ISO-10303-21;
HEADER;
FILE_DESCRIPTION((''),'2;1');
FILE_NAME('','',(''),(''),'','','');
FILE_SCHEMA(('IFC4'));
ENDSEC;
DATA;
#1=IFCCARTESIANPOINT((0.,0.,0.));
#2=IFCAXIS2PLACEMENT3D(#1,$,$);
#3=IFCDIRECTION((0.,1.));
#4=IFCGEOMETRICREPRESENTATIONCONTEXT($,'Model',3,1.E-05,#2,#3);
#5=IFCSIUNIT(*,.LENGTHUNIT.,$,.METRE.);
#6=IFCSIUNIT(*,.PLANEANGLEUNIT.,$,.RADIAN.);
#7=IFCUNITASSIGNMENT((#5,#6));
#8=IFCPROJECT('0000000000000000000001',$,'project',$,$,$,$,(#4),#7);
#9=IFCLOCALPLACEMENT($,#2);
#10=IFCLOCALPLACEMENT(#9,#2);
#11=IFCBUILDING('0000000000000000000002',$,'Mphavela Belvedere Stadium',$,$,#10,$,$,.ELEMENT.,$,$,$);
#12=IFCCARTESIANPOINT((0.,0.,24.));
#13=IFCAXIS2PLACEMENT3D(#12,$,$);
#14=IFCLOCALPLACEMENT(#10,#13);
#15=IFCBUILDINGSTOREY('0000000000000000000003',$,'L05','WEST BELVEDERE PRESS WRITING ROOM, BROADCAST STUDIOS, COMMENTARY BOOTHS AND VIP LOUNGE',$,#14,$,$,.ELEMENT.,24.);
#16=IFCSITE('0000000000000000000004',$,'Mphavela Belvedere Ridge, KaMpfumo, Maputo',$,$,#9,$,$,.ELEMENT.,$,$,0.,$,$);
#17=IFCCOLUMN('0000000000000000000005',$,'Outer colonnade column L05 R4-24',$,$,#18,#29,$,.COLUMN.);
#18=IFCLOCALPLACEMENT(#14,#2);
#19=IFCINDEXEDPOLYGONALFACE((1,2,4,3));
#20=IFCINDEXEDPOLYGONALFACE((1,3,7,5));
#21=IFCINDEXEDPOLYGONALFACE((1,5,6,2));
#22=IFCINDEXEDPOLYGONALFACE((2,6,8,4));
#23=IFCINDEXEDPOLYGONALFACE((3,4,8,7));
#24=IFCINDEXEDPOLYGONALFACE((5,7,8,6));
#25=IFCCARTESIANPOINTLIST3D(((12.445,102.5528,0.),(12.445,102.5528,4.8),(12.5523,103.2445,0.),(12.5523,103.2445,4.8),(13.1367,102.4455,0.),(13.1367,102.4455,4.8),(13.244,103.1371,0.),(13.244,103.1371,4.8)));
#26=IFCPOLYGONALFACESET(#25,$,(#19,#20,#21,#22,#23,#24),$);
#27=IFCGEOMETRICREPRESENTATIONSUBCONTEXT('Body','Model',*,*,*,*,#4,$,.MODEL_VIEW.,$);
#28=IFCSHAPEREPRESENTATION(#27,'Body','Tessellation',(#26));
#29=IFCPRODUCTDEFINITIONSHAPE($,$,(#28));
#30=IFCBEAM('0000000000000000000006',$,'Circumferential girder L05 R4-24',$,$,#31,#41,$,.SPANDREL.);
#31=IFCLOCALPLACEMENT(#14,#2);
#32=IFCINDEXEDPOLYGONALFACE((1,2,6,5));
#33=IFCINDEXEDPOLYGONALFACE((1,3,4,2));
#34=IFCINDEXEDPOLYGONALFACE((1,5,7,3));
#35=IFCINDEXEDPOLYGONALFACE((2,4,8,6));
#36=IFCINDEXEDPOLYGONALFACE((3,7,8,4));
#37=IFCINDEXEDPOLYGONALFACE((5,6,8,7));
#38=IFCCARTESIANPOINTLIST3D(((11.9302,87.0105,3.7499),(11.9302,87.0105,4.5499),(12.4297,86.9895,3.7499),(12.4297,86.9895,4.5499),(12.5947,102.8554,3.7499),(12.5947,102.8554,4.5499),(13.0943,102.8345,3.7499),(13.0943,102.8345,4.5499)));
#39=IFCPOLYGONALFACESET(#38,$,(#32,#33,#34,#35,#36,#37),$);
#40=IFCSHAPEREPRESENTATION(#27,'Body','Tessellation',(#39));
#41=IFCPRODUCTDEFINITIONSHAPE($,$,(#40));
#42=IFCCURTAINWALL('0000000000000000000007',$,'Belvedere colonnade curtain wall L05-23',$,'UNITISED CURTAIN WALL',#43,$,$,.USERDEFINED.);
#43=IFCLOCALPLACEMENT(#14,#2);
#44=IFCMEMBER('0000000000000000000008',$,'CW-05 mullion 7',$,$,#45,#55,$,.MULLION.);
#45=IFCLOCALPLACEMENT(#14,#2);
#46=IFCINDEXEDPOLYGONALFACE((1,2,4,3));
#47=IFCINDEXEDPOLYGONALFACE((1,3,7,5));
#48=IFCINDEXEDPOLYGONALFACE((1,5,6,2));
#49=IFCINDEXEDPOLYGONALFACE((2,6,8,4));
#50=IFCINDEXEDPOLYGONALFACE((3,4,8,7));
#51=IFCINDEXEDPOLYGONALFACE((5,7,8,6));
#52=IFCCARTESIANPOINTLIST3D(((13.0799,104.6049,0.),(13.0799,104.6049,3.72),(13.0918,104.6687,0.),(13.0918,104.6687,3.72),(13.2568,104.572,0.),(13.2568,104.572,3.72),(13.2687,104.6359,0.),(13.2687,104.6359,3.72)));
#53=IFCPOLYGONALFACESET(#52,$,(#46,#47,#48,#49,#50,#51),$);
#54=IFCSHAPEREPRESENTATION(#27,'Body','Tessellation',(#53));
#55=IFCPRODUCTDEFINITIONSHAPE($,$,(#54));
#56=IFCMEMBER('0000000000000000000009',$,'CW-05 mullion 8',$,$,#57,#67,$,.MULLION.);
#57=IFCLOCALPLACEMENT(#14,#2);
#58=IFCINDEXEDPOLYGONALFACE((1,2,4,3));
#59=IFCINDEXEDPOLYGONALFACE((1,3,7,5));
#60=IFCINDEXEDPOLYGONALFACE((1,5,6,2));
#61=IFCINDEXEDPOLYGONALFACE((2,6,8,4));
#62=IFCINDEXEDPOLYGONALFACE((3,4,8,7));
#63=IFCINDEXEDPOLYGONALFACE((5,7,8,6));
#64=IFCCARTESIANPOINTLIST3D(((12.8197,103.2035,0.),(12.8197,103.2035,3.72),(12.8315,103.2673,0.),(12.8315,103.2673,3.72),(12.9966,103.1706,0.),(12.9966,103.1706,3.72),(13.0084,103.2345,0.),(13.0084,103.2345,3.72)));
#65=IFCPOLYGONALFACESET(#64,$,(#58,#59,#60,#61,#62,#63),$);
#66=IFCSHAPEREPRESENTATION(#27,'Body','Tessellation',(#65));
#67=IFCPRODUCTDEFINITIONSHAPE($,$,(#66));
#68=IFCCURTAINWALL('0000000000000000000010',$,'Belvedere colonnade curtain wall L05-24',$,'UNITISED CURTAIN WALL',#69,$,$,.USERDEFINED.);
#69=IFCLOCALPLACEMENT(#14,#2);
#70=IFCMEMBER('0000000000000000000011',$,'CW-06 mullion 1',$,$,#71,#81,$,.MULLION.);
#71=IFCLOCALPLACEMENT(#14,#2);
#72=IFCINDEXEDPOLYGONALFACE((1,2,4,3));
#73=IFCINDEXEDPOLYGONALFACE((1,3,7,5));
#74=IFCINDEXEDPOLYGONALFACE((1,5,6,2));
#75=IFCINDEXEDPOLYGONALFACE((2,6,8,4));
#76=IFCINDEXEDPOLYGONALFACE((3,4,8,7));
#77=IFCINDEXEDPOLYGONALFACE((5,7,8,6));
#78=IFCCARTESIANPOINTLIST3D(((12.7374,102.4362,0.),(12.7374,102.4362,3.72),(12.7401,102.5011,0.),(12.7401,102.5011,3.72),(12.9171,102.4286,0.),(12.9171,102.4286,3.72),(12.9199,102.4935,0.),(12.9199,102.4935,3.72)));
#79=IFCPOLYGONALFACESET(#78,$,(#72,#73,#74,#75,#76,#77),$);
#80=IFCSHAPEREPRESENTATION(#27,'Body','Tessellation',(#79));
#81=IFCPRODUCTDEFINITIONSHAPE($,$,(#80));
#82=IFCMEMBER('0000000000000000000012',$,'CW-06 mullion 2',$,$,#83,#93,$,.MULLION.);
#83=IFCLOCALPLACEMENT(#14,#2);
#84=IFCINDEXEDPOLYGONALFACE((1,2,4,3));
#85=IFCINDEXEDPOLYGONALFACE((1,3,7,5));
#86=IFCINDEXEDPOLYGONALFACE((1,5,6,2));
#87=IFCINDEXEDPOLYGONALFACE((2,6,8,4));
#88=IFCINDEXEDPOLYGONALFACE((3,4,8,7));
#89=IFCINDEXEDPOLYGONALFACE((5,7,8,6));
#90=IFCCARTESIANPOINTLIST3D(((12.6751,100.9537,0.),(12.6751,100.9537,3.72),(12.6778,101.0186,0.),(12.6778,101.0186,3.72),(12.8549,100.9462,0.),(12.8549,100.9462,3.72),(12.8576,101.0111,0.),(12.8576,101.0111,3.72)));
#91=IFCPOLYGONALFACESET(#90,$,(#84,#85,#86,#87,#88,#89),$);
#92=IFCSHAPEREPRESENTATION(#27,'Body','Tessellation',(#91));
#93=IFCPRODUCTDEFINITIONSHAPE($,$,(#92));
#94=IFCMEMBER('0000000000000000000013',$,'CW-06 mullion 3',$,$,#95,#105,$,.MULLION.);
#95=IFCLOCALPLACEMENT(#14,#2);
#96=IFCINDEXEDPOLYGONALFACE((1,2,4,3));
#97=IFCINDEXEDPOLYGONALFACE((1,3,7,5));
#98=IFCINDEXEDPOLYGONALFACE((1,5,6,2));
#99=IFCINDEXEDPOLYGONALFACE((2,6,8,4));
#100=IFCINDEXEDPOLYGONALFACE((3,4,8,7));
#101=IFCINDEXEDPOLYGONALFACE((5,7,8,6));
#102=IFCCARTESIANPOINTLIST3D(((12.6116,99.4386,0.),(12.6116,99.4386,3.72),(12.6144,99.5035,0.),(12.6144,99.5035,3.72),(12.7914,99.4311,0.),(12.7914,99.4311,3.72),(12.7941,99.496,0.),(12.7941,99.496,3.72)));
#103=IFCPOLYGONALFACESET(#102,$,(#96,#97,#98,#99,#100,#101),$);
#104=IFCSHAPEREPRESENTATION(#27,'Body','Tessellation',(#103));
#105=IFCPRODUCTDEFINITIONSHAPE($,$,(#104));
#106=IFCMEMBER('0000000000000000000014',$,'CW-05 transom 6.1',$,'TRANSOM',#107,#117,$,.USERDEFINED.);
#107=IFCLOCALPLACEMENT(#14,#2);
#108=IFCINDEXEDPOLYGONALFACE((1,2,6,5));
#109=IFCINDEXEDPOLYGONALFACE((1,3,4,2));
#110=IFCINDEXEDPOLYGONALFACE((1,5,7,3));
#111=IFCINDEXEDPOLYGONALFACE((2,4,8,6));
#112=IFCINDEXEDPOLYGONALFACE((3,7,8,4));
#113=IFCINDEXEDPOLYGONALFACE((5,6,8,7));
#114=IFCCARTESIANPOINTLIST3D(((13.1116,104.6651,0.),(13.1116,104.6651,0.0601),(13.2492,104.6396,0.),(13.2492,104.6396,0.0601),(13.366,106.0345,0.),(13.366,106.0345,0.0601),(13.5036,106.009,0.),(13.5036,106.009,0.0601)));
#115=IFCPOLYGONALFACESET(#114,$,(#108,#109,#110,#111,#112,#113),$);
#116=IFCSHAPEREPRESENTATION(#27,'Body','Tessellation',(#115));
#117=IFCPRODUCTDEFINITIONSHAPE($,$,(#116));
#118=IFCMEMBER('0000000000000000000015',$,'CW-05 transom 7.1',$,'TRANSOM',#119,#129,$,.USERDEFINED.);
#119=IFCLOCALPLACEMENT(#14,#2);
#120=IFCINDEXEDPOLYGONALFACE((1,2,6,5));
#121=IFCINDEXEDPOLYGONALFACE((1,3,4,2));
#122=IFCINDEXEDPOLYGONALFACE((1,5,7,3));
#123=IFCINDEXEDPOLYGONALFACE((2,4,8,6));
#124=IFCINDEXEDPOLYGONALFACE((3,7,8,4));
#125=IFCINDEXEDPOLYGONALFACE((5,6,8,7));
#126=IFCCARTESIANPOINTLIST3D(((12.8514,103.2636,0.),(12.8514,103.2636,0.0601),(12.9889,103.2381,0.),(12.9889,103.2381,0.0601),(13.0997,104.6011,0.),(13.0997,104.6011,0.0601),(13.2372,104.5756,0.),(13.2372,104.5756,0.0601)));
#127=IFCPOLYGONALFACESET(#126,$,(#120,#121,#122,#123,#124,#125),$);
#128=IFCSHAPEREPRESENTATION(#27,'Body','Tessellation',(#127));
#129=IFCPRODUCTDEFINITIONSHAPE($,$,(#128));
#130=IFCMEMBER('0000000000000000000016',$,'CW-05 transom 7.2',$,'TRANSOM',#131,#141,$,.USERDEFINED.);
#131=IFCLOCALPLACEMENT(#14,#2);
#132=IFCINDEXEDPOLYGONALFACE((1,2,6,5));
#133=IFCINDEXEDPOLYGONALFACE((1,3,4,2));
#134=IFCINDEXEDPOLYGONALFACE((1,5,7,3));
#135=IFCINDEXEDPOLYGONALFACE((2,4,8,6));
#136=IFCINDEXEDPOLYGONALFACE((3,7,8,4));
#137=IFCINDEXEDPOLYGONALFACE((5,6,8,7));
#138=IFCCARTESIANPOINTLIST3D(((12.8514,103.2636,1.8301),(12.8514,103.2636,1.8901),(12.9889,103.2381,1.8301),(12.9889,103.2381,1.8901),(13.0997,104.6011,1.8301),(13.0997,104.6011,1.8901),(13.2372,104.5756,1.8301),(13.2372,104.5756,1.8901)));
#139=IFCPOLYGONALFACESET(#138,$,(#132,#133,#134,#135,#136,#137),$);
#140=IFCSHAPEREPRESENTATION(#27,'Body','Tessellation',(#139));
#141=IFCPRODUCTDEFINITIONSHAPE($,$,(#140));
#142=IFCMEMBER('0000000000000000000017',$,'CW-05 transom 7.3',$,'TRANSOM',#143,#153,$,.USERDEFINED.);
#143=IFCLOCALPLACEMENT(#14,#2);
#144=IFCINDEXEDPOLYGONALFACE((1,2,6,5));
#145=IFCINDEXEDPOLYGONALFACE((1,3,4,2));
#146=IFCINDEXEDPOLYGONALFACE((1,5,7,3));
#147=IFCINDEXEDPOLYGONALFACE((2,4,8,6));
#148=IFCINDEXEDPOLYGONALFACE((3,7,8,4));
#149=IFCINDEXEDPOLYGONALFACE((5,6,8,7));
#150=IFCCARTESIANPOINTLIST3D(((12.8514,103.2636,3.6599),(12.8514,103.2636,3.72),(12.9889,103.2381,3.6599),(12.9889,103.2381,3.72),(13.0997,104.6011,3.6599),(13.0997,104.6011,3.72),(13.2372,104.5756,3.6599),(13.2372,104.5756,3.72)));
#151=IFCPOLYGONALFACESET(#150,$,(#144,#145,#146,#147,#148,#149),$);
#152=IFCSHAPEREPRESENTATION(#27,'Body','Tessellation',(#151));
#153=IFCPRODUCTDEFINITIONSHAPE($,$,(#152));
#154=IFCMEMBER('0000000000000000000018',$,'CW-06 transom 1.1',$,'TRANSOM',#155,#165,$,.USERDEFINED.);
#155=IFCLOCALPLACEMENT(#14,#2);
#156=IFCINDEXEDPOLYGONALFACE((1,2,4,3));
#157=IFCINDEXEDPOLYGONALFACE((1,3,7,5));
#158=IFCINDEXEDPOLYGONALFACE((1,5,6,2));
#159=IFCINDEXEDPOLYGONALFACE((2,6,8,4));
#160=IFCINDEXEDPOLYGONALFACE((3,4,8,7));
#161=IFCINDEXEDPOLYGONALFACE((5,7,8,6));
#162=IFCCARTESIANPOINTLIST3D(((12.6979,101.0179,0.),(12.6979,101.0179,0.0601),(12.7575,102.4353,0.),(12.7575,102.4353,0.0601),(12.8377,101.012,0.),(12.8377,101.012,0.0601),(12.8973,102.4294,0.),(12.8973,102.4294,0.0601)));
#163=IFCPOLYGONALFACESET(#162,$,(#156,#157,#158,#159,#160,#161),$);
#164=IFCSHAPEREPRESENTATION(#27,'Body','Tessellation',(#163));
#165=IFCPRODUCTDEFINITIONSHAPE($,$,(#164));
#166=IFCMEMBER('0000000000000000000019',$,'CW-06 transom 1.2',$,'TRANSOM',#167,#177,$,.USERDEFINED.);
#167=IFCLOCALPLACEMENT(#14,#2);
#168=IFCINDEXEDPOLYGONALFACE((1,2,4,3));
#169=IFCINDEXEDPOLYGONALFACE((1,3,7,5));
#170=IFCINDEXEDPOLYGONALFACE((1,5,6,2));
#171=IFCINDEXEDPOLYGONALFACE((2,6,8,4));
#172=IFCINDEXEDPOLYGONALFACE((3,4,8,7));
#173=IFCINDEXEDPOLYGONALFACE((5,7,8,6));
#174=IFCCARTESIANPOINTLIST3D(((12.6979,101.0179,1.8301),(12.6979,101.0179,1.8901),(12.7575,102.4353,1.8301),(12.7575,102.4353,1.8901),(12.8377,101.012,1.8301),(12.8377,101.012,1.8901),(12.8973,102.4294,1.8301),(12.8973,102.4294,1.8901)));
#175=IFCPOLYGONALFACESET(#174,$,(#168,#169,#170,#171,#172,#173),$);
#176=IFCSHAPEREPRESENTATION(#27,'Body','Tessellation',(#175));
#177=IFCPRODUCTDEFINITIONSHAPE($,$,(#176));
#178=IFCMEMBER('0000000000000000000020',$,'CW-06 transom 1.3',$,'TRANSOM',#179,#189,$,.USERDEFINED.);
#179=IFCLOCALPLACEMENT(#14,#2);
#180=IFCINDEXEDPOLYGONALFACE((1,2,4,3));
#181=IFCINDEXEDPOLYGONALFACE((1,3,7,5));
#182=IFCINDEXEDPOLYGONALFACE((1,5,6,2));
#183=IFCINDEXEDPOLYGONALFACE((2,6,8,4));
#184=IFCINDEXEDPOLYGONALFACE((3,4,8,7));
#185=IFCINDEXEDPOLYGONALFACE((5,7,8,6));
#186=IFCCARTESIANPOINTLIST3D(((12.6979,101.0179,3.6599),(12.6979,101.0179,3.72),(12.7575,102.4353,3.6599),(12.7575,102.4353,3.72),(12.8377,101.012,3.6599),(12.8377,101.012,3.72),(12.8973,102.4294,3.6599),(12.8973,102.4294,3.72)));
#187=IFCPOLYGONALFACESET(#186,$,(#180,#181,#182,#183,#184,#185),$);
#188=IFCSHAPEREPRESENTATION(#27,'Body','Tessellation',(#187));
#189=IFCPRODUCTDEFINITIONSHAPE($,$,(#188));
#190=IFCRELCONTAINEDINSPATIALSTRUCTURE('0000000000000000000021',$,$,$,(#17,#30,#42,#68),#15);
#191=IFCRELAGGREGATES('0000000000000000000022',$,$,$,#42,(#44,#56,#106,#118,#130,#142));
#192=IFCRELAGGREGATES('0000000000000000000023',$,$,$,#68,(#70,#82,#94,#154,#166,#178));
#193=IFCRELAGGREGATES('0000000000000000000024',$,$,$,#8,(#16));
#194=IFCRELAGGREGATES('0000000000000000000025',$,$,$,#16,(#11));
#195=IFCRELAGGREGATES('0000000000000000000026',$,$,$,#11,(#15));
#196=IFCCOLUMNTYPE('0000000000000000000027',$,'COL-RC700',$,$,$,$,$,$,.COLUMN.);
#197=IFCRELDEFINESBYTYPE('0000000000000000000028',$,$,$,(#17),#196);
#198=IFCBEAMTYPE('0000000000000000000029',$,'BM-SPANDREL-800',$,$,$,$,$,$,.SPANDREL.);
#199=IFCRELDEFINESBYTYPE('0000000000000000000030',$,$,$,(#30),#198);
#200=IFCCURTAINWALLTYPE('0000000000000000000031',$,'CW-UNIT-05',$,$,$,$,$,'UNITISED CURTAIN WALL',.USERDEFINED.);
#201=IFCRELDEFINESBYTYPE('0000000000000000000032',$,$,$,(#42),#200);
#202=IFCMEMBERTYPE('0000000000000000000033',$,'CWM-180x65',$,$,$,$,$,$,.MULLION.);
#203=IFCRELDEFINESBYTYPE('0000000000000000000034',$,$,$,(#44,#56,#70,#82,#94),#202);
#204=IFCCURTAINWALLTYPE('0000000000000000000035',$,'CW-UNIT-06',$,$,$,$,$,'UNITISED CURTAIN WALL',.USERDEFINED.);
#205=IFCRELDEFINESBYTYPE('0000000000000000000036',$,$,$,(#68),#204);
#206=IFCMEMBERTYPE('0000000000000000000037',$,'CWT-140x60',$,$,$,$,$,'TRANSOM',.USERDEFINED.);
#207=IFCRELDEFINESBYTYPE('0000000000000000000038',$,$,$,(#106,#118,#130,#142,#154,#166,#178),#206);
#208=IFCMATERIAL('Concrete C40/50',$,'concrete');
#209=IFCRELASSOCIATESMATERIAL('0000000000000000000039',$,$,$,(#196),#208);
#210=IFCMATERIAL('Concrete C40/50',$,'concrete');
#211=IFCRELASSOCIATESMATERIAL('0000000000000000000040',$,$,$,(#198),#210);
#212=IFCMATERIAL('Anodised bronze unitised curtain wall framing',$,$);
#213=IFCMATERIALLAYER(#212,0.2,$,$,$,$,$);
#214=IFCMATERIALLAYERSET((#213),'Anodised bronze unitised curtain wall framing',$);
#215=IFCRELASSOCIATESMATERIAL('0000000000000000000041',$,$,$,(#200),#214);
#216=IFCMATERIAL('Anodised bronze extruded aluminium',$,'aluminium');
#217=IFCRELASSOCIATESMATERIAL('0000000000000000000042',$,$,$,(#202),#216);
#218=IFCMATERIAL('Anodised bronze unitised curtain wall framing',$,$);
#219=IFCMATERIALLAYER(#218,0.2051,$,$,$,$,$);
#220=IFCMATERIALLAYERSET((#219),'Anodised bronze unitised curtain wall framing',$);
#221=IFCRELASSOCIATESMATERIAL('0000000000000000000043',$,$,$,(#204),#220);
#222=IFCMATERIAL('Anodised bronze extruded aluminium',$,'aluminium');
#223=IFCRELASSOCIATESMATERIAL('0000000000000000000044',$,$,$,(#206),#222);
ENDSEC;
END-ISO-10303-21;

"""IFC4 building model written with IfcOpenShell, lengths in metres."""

from ifc_helpers import new_model, si_unit, direction, frame, origin, origin_2d, place, context, subcontext, project, spatial, rectangle, extrude, material, layer, layer_set, material_profile, profile_set, type_object, element, aggregate, save


model = new_model("IFC4")

# Units and contexts
model_context = context("Model", 3, precision=1e-05, world=origin(), true_north=direction((0.0, 1.0)))
body_context = subcontext(model_context, "Body", "Model", "MODEL_VIEW")
ifc_project = project(units=[si_unit("LENGTHUNIT", "METRE"), si_unit("PLANEANGLEUNIT", "RADIAN")], contexts=[model_context])

# Site, building, storey
site_placement = place(None, origin())
site = spatial("IfcSite", under=ifc_project, at=site_placement, Name="Mphavela Belvedere Ridge, KaMpfumo, Maputo", CompositionType="ELEMENT", RefElevation=0.0)
building_placement = place(site_placement, origin())
building = spatial("IfcBuilding", under=site, at=building_placement, Name="Mphavela Belvedere Stadium", CompositionType="ELEMENT")
storey_placement = place(building_placement, frame((0.0, 0.0, 24.0)))
storey = spatial("IfcBuildingStorey", under=building, at=storey_placement, Name="L05", Description="WEST BELVEDERE PRESS WRITING ROOM, BROADCAST STUDIOS, COMMENTARY BOOTHS AND VIP LOUNGE", CompositionType="ELEMENT", Elevation=24.0)

# Column
ifc_material_1 = material(Name="Concrete C40/50", Category="concrete")
ifc_material_profile_1 = material_profile(ifc_material_1, rectangle(XDim=0.7, YDim=0.7, at=origin_2d()), Name="RC 700x700")
ifc_profile_set_1 = profile_set([ifc_material_profile_1], Name="Concrete C40/50")
column_type = type_object("IfcColumnType", Name="COL-RC700", PredefinedType="COLUMN", material=ifc_profile_set_1)
column_placement = place(storey_placement, frame((12.8445, 102.845, 0.0), z_axis=(0.0, 0.0, 1.0), x_axis=(-0.988175, 0.153331, 0.0)))
element("IfcColumn", 1, at=column_placement, inside=storey, type_object=column_type, Name="Outer colonnade column L05 R4-24", PredefinedType="COLUMN", context=body_context, shape_type="SweptSolid", body=[
    extrude(rectangle(XDim=0.7, YDim=0.7, at=origin_2d()), origin(), (0.0, 0.0, 1.0), 4.8),
])

# Beam
ifc_material_2 = material(Name="Concrete C40/50", Category="concrete")
ifc_material_profile_2 = material_profile(ifc_material_2, rectangle(XDim=0.5, YDim=0.8, at=origin_2d()), Name="RC 500x800")
ifc_profile_set_2 = profile_set([ifc_material_profile_2], Name="Concrete C40/50")
beam_type = type_object("IfcBeamType", Name="BM-SPANDREL-800", PredefinedType="SPANDREL", material=ifc_profile_set_2)
beam_placement = place(storey_placement, frame((12.8445, 102.845, 4.1499), z_axis=(-0.041904, -0.999122, 0.0), x_axis=(0.999122, -0.041904, 0.0)))
element("IfcBeam", 2, at=beam_placement, inside=storey, type_object=beam_type, Name="Circumferential girder L05 R4-24", PredefinedType="SPANDREL", context=body_context, shape_type="SweptSolid", body=[
    extrude(rectangle(XDim=0.5, YDim=0.8, at=origin_2d()), origin(), (0.0, 0.0, 1.0), 15.8589),
])

# Curtain walls, members
ifc_material_3 = material(Name="Anodised bronze unitised curtain wall framing")
ifc_layer_1 = layer(ifc_material_3, 0.2)
ifc_layer_set_1 = layer_set([ifc_layer_1], Name="Anodised bronze unitised curtain wall framing")
curtain_wall_type_1 = type_object("IfcCurtainWallType", Name="CW-UNIT-05", ElementType="UNITISED CURTAIN WALL", PredefinedType="USERDEFINED", material=ifc_layer_set_1)
curtain_wall_1_placement = place(storey_placement, origin())
curtain_wall_1 = element("IfcCurtainWall", 3, at=curtain_wall_1_placement, inside=storey, type_object=curtain_wall_type_1, Name="Belvedere colonnade curtain wall L05-23", ObjectType="UNITISED CURTAIN WALL", PredefinedType="USERDEFINED")
ifc_material_4 = material(Name="Anodised bronze extruded aluminium", Category="aluminium")
ifc_material_profile_3 = material_profile(ifc_material_4, rectangle(XDim=0.1799, YDim=0.0649, at=origin_2d()), Name="CW-MUL 180x65")
ifc_profile_set_3 = profile_set([ifc_material_profile_3], Name="Anodised bronze extruded aluminium")
member_type_1 = type_object("IfcMemberType", Name="CWM-180x65", PredefinedType="MULLION", material=ifc_profile_set_3)
member_1_placement = place(storey_placement, frame((13.1743, 104.6204, 0.0), z_axis=(0.0, 0.0, 1.0), x_axis=(0.983184, -0.182618, 0.0)))
member_1 = element("IfcMember", 4, at=member_1_placement, type_object=member_type_1, Name="CW-05 mullion 7", PredefinedType="MULLION", context=body_context, shape_type="SweptSolid", body=[
    extrude(rectangle(XDim=0.1799, YDim=0.0649, at=origin_2d()), origin(), (0.0, 0.0, 1.0), 3.72),
])
member_2_placement = place(storey_placement, frame((12.9141, 103.219, 0.0), z_axis=(0.0, 0.0, 1.0), x_axis=(0.983184, -0.182618, 0.0)))
member_2 = element("IfcMember", 5, at=member_2_placement, type_object=member_type_1, Name="CW-05 mullion 8", PredefinedType="MULLION", context=body_context, shape_type="SweptSolid", body=[
    extrude(rectangle(XDim=0.1799, YDim=0.0649, at=origin_2d()), origin(), (0.0, 0.0, 1.0), 3.72),
])
ifc_material_5 = material(Name="Anodised bronze unitised curtain wall framing")
ifc_layer_2 = layer(ifc_material_5, 0.2051)
ifc_layer_set_2 = layer_set([ifc_layer_2], Name="Anodised bronze unitised curtain wall framing")
curtain_wall_type_2 = type_object("IfcCurtainWallType", Name="CW-UNIT-06", ElementType="UNITISED CURTAIN WALL", PredefinedType="USERDEFINED", material=ifc_layer_set_2)
curtain_wall_2_placement = place(storey_placement, origin())
curtain_wall_2 = element("IfcCurtainWall", 6, at=curtain_wall_2_placement, inside=storey, type_object=curtain_wall_type_2, Name="Belvedere colonnade curtain wall L05-24", ObjectType="UNITISED CURTAIN WALL", PredefinedType="USERDEFINED")
member_3_placement = place(storey_placement, frame((12.8286, 102.4648, 0.0), z_axis=(0.0, 0.0, 1.0), x_axis=(0.999122, -0.041905, 0.0)))
member_3 = element("IfcMember", 7, at=member_3_placement, type_object=member_type_1, Name="CW-06 mullion 1", PredefinedType="MULLION", context=body_context, shape_type="SweptSolid", body=[
    extrude(rectangle(XDim=0.1799, YDim=0.0649, at=origin_2d()), origin(), (0.0, 0.0, 1.0), 3.72),
])
member_4_placement = place(storey_placement, frame((12.7664, 100.9824, 0.0), z_axis=(0.0, 0.0, 1.0), x_axis=(0.999122, -0.041905, 0.0)))
member_4 = element("IfcMember", 8, at=member_4_placement, type_object=member_type_1, Name="CW-06 mullion 2", PredefinedType="MULLION", context=body_context, shape_type="SweptSolid", body=[
    extrude(rectangle(XDim=0.1799, YDim=0.0649, at=origin_2d()), origin(), (0.0, 0.0, 1.0), 3.72),
])
member_5_placement = place(storey_placement, frame((12.7029, 99.4673, 0.0), z_axis=(0.0, 0.0, 1.0), x_axis=(0.999122, -0.041905, 0.0)))
member_5 = element("IfcMember", 9, at=member_5_placement, type_object=member_type_1, Name="CW-06 mullion 3", PredefinedType="MULLION", context=body_context, shape_type="SweptSolid", body=[
    extrude(rectangle(XDim=0.1799, YDim=0.0649, at=origin_2d()), origin(), (0.0, 0.0, 1.0), 3.72),
])

# Members
ifc_material_6 = material(Name="Anodised bronze extruded aluminium", Category="aluminium")
ifc_material_profile_4 = material_profile(ifc_material_6, rectangle(XDim=0.1399, YDim=0.0601, at=origin_2d()), Name="CW-TRN 140x60")
ifc_profile_set_4 = profile_set([ifc_material_profile_4], Name="Anodised bronze extruded aluminium")
member_type_2 = type_object("IfcMemberType", Name="CWT-140x60", ElementType="TRANSOM", PredefinedType="USERDEFINED", material=ifc_profile_set_4)
member_6_placement = place(storey_placement, frame((13.4348, 106.0217, 0.03), z_axis=(-0.182648, -0.983178, 0.0), x_axis=(0.983178, -0.182648, 0.0)))
member_6 = element("IfcMember", 10, at=member_6_placement, type_object=member_type_2, Name="CW-05 transom 6.1", ObjectType="TRANSOM", PredefinedType="USERDEFINED", context=body_context, shape_type="SweptSolid", body=[
    extrude(rectangle(XDim=0.1399, YDim=0.0601, at=origin_2d()), origin(), (0.0, 0.0, 1.0), 1.3928),
])
member_7_placement = place(storey_placement, frame((13.1685, 104.5884, 0.03), z_axis=(-0.182533, -0.9832, 0.0), x_axis=(0.9832, -0.182533, 0.0)))
member_7 = element("IfcMember", 11, at=member_7_placement, type_object=member_type_2, Name="CW-05 transom 7.1", ObjectType="TRANSOM", PredefinedType="USERDEFINED", context=body_context, shape_type="SweptSolid", body=[
    extrude(rectangle(XDim=0.1399, YDim=0.0601, at=origin_2d()), origin(), (0.0, 0.0, 1.0), 1.3604),
])
member_8_placement = place(storey_placement, frame((13.1685, 104.5884, 1.8601), z_axis=(-0.182533, -0.9832, 0.0), x_axis=(0.9832, -0.182533, 0.0)))
member_8 = element("IfcMember", 12, at=member_8_placement, type_object=member_type_2, Name="CW-05 transom 7.2", ObjectType="TRANSOM", PredefinedType="USERDEFINED", context=body_context, shape_type="SweptSolid", body=[
    extrude(rectangle(XDim=0.1399, YDim=0.0601, at=origin_2d()), origin(), (0.0, 0.0, 1.0), 1.3604),
])
member_9_placement = place(storey_placement, frame((13.1685, 104.5884, 3.6899), z_axis=(-0.182533, -0.9832, 0.0), x_axis=(0.9832, -0.182533, 0.0)))
member_9 = element("IfcMember", 13, at=member_9_placement, type_object=member_type_2, Name="CW-05 transom 7.3", ObjectType="TRANSOM", PredefinedType="USERDEFINED", context=body_context, shape_type="SweptSolid", body=[
    extrude(rectangle(XDim=0.1399, YDim=0.0601, at=origin_2d()), origin(), (0.0, 0.0, 1.0), 1.3604),
])
member_10_placement = place(storey_placement, frame((12.8274, 102.4324, 0.03), z_axis=(-0.041988, -0.999118, 0.0), x_axis=(0.999118, -0.041988, 0.0)))
member_10 = element("IfcMember", 14, at=member_10_placement, type_object=member_type_2, Name="CW-06 transom 1.1", ObjectType="TRANSOM", PredefinedType="USERDEFINED", context=body_context, shape_type="SweptSolid", body=[
    extrude(rectangle(XDim=0.1399, YDim=0.0601, at=origin_2d()), origin(), (0.0, 0.0, 1.0), 1.4187),
])
member_11_placement = place(storey_placement, frame((12.8274, 102.4324, 1.8601), z_axis=(-0.041988, -0.999118, 0.0), x_axis=(0.999118, -0.041988, 0.0)))
member_11 = element("IfcMember", 15, at=member_11_placement, type_object=member_type_2, Name="CW-06 transom 1.2", ObjectType="TRANSOM", PredefinedType="USERDEFINED", context=body_context, shape_type="SweptSolid", body=[
    extrude(rectangle(XDim=0.1399, YDim=0.0601, at=origin_2d()), origin(), (0.0, 0.0, 1.0), 1.4187),
])
member_12_placement = place(storey_placement, frame((12.8274, 102.4324, 3.6899), z_axis=(-0.041988, -0.999118, 0.0), x_axis=(0.999118, -0.041988, 0.0)))
member_12 = element("IfcMember", 16, at=member_12_placement, type_object=member_type_2, Name="CW-06 transom 1.3", ObjectType="TRANSOM", PredefinedType="USERDEFINED", context=body_context, shape_type="SweptSolid", body=[
    extrude(rectangle(XDim=0.1399, YDim=0.0601, at=origin_2d()), origin(), (0.0, 0.0, 1.0), 1.4187),
])

aggregate(curtain_wall_1, [member_1, member_2, member_6, member_7, member_8, member_9])
aggregate(curtain_wall_2, [member_3, member_4, member_5, member_10, member_11, member_12])

save(model, "model.ifc")
